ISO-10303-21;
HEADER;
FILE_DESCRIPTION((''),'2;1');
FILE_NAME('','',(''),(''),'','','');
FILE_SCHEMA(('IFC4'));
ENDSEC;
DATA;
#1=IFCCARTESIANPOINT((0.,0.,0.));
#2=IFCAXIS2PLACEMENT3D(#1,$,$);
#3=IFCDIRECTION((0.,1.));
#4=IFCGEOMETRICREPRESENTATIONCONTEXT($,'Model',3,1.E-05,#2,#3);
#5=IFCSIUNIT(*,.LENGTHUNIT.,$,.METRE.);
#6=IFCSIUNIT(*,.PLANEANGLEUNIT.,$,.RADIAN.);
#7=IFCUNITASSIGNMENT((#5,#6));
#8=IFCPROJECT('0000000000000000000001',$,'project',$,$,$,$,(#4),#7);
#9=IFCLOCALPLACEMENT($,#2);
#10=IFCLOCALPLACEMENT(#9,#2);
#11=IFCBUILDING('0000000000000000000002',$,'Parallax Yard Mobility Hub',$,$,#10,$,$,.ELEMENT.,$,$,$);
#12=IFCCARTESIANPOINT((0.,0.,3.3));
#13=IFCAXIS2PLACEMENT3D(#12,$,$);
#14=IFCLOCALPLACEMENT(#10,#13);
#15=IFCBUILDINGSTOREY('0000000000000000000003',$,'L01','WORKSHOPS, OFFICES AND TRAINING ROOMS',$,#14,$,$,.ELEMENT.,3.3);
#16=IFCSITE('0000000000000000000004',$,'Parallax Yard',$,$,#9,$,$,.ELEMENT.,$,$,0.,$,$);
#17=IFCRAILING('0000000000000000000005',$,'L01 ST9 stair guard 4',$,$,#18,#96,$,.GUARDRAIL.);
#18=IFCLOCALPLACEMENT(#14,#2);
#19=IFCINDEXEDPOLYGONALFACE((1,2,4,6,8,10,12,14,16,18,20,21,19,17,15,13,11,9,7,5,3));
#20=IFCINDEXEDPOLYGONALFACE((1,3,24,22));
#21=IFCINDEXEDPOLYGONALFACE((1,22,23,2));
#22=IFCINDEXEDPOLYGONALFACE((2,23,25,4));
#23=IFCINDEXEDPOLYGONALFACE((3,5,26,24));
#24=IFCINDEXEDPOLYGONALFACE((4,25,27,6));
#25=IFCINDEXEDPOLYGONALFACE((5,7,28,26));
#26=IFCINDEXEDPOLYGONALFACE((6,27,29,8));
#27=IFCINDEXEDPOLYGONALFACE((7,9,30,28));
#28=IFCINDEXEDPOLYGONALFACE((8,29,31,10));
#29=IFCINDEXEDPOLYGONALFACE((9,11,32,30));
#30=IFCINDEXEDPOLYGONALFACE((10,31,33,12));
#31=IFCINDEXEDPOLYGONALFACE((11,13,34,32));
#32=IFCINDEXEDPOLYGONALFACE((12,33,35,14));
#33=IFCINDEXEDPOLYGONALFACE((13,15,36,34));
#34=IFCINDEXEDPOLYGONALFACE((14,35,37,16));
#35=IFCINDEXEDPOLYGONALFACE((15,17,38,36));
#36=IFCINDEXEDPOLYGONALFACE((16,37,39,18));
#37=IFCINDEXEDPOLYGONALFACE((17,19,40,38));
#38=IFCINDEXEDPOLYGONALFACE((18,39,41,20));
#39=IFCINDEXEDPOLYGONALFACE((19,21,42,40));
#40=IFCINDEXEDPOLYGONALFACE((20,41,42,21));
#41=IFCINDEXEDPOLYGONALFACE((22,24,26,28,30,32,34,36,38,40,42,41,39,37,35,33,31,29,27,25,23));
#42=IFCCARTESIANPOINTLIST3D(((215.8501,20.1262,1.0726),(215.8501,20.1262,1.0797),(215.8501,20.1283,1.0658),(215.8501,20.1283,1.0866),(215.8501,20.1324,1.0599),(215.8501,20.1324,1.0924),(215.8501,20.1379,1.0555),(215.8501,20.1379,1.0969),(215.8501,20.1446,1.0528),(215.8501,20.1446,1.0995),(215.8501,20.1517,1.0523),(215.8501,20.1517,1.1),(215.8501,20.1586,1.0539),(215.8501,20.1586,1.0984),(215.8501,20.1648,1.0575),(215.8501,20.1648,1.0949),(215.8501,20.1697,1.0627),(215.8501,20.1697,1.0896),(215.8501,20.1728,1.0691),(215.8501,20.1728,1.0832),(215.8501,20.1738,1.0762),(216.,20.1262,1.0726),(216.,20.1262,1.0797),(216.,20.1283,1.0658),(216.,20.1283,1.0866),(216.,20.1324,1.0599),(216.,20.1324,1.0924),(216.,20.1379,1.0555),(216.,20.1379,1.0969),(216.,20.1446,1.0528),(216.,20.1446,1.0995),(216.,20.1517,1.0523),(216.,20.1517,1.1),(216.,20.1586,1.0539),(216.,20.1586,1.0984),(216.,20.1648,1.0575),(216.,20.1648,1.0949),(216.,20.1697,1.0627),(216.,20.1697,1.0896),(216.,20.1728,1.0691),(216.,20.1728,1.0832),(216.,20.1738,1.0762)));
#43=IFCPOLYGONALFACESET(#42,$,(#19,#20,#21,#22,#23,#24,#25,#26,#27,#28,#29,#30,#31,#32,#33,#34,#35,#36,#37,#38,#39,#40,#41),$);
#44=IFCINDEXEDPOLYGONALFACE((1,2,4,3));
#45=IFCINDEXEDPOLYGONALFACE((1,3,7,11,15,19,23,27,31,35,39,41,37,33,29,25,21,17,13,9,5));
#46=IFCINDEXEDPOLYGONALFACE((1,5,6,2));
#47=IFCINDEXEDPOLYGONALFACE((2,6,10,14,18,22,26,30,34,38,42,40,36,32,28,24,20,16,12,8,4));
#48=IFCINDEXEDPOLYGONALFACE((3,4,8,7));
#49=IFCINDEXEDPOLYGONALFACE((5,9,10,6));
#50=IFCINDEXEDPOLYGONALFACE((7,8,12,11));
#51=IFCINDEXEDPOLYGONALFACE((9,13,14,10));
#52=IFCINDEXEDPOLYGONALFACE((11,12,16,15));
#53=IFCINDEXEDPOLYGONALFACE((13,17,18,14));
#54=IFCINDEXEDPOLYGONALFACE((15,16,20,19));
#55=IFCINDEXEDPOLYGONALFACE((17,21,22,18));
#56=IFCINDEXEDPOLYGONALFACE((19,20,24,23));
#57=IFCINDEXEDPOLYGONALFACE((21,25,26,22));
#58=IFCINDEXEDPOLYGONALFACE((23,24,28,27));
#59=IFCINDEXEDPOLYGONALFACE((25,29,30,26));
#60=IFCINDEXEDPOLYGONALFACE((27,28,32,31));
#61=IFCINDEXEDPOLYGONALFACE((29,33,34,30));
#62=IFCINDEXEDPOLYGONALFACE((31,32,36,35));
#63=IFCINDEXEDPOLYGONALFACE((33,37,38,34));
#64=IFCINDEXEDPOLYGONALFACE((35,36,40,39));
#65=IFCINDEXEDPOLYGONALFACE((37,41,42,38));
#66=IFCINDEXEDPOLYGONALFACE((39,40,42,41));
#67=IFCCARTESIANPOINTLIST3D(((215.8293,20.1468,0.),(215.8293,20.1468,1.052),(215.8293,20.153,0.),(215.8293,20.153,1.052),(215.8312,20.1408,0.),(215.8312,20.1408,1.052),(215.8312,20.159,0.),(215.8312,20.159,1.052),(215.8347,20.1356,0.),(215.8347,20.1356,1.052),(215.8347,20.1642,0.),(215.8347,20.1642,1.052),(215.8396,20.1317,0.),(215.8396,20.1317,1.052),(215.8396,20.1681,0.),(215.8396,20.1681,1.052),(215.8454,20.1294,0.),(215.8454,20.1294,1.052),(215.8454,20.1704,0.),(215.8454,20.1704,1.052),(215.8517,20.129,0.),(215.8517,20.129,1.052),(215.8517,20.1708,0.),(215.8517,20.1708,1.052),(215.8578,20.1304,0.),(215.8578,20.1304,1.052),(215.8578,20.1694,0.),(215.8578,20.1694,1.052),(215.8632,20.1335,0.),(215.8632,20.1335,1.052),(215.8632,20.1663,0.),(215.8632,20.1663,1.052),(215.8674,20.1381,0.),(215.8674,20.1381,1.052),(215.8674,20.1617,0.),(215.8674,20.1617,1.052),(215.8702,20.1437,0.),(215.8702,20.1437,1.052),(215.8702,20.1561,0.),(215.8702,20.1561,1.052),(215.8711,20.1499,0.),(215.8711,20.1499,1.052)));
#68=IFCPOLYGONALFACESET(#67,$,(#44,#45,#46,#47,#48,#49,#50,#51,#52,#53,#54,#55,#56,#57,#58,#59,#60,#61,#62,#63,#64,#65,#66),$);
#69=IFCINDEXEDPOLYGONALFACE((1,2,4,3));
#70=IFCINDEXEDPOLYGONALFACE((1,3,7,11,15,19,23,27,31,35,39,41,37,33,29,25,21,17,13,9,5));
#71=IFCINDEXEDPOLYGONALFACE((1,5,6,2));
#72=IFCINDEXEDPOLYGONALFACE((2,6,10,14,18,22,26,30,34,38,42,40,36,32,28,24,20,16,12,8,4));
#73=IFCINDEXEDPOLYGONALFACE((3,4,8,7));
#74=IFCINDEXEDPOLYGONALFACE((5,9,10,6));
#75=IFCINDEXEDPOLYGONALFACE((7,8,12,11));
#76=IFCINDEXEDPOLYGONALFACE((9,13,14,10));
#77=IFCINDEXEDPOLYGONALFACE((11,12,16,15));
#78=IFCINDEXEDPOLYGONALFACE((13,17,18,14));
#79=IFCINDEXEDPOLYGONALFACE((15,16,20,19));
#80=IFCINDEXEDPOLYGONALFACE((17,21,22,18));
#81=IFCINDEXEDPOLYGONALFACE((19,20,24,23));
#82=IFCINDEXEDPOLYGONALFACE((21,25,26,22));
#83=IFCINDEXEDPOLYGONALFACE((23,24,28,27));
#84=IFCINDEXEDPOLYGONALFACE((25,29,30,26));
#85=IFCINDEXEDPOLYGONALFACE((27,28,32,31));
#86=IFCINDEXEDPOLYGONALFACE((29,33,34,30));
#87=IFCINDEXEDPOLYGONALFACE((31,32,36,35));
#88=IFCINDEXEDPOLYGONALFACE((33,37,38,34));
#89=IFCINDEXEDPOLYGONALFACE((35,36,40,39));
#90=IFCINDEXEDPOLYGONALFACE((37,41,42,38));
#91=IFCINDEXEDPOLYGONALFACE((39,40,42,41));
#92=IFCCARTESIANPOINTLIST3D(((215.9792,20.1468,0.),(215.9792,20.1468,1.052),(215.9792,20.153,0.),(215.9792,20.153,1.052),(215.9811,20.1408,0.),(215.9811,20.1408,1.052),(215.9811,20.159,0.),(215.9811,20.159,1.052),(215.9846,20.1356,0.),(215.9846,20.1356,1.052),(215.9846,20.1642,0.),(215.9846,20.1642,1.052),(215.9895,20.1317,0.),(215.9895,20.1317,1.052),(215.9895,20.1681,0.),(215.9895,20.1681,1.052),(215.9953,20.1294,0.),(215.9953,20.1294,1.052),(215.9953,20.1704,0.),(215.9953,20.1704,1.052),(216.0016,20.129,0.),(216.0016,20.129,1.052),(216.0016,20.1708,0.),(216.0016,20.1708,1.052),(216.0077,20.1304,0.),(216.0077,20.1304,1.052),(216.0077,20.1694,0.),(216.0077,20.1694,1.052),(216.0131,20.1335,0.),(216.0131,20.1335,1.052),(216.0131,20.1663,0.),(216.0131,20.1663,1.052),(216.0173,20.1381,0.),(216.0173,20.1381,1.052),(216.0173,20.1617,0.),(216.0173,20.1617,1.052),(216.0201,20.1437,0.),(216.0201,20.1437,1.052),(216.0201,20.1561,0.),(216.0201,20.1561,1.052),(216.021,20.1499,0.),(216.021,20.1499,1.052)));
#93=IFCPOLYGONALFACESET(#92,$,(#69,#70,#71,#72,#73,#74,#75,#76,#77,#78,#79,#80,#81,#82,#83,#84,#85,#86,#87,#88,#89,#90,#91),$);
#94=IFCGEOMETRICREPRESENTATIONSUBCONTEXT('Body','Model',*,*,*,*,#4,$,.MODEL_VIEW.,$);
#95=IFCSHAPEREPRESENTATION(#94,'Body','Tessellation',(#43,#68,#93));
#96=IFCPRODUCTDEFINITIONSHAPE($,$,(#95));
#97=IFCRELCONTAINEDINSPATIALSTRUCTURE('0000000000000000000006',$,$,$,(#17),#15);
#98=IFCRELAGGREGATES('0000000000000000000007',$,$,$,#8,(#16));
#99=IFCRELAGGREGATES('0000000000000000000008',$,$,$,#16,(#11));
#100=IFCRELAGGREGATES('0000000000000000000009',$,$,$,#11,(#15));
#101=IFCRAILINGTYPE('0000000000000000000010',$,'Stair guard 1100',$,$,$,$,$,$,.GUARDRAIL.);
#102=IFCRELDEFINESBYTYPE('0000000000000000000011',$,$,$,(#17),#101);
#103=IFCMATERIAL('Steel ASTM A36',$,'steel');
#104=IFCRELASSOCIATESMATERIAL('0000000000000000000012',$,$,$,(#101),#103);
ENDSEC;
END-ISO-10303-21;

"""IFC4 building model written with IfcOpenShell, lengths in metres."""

from ifc_helpers import new_model, si_unit, direction, frame, origin, origin_2d, place, context, subcontext, project, spatial, circle, extrude, material, type_object, element, save


model = new_model("IFC4")

# Units and contexts
model_context = context("Model", 3, precision=1e-05, world=origin(), true_north=direction((0.0, 1.0)))
body_context = subcontext(model_context, "Body", "Model", "MODEL_VIEW")
ifc_project = project(units=[si_unit("LENGTHUNIT", "METRE"), si_unit("PLANEANGLEUNIT", "RADIAN")], contexts=[model_context])

# Site, building, storey
site_placement = place(None, origin())
site = spatial("IfcSite", under=ifc_project, at=site_placement, Name="Parallax Yard", CompositionType="ELEMENT", RefElevation=0.0)
building_placement = place(site_placement, origin())
building = spatial("IfcBuilding", under=site, at=building_placement, Name="Parallax Yard Mobility Hub", CompositionType="ELEMENT")
storey_placement = place(building_placement, frame((0.0, 0.0, 3.3)))
storey = spatial("IfcBuildingStorey", under=building, at=storey_placement, Name="L01", Description="WORKSHOPS, OFFICES AND TRAINING ROOMS", CompositionType="ELEMENT", Elevation=3.3)

# Railing
ifc_material_1 = material(Name="Steel ASTM A36", Category="steel")
railing_type_1 = type_object("IfcRailingType", Name="Stair guard 1100", PredefinedType="GUARDRAIL", material=ifc_material_1)
railing_1_placement = place(storey_placement, frame((215.8501, 20.1499, 0.0)))
element("IfcRailing", 1, at=railing_1_placement, inside=storey, type_object=railing_type_1, Name="L01 ST9 stair guard 4", PredefinedType="GUARDRAIL", context=body_context, shape_type="SweptSolid", body=[
    extrude(circle(Radius=0.0239, at=origin_2d()), frame((0.0, 0.0, 1.0762), z_axis=(1.0, 0.0, 0.0), x_axis=(0.0, 1.0, 0.0)), (0.0, 0.0, 1.0), 0.1499),
    extrude(circle(Radius=0.021, at=origin_2d()), origin(), (0.0, 0.0, 1.0), 1.052),
    extrude(circle(Radius=0.021, at=origin_2d()), frame((0.1499, 0.0, 0.0)), (0.0, 0.0, 1.0), 1.052),
])

save(model, "model.ifc")
